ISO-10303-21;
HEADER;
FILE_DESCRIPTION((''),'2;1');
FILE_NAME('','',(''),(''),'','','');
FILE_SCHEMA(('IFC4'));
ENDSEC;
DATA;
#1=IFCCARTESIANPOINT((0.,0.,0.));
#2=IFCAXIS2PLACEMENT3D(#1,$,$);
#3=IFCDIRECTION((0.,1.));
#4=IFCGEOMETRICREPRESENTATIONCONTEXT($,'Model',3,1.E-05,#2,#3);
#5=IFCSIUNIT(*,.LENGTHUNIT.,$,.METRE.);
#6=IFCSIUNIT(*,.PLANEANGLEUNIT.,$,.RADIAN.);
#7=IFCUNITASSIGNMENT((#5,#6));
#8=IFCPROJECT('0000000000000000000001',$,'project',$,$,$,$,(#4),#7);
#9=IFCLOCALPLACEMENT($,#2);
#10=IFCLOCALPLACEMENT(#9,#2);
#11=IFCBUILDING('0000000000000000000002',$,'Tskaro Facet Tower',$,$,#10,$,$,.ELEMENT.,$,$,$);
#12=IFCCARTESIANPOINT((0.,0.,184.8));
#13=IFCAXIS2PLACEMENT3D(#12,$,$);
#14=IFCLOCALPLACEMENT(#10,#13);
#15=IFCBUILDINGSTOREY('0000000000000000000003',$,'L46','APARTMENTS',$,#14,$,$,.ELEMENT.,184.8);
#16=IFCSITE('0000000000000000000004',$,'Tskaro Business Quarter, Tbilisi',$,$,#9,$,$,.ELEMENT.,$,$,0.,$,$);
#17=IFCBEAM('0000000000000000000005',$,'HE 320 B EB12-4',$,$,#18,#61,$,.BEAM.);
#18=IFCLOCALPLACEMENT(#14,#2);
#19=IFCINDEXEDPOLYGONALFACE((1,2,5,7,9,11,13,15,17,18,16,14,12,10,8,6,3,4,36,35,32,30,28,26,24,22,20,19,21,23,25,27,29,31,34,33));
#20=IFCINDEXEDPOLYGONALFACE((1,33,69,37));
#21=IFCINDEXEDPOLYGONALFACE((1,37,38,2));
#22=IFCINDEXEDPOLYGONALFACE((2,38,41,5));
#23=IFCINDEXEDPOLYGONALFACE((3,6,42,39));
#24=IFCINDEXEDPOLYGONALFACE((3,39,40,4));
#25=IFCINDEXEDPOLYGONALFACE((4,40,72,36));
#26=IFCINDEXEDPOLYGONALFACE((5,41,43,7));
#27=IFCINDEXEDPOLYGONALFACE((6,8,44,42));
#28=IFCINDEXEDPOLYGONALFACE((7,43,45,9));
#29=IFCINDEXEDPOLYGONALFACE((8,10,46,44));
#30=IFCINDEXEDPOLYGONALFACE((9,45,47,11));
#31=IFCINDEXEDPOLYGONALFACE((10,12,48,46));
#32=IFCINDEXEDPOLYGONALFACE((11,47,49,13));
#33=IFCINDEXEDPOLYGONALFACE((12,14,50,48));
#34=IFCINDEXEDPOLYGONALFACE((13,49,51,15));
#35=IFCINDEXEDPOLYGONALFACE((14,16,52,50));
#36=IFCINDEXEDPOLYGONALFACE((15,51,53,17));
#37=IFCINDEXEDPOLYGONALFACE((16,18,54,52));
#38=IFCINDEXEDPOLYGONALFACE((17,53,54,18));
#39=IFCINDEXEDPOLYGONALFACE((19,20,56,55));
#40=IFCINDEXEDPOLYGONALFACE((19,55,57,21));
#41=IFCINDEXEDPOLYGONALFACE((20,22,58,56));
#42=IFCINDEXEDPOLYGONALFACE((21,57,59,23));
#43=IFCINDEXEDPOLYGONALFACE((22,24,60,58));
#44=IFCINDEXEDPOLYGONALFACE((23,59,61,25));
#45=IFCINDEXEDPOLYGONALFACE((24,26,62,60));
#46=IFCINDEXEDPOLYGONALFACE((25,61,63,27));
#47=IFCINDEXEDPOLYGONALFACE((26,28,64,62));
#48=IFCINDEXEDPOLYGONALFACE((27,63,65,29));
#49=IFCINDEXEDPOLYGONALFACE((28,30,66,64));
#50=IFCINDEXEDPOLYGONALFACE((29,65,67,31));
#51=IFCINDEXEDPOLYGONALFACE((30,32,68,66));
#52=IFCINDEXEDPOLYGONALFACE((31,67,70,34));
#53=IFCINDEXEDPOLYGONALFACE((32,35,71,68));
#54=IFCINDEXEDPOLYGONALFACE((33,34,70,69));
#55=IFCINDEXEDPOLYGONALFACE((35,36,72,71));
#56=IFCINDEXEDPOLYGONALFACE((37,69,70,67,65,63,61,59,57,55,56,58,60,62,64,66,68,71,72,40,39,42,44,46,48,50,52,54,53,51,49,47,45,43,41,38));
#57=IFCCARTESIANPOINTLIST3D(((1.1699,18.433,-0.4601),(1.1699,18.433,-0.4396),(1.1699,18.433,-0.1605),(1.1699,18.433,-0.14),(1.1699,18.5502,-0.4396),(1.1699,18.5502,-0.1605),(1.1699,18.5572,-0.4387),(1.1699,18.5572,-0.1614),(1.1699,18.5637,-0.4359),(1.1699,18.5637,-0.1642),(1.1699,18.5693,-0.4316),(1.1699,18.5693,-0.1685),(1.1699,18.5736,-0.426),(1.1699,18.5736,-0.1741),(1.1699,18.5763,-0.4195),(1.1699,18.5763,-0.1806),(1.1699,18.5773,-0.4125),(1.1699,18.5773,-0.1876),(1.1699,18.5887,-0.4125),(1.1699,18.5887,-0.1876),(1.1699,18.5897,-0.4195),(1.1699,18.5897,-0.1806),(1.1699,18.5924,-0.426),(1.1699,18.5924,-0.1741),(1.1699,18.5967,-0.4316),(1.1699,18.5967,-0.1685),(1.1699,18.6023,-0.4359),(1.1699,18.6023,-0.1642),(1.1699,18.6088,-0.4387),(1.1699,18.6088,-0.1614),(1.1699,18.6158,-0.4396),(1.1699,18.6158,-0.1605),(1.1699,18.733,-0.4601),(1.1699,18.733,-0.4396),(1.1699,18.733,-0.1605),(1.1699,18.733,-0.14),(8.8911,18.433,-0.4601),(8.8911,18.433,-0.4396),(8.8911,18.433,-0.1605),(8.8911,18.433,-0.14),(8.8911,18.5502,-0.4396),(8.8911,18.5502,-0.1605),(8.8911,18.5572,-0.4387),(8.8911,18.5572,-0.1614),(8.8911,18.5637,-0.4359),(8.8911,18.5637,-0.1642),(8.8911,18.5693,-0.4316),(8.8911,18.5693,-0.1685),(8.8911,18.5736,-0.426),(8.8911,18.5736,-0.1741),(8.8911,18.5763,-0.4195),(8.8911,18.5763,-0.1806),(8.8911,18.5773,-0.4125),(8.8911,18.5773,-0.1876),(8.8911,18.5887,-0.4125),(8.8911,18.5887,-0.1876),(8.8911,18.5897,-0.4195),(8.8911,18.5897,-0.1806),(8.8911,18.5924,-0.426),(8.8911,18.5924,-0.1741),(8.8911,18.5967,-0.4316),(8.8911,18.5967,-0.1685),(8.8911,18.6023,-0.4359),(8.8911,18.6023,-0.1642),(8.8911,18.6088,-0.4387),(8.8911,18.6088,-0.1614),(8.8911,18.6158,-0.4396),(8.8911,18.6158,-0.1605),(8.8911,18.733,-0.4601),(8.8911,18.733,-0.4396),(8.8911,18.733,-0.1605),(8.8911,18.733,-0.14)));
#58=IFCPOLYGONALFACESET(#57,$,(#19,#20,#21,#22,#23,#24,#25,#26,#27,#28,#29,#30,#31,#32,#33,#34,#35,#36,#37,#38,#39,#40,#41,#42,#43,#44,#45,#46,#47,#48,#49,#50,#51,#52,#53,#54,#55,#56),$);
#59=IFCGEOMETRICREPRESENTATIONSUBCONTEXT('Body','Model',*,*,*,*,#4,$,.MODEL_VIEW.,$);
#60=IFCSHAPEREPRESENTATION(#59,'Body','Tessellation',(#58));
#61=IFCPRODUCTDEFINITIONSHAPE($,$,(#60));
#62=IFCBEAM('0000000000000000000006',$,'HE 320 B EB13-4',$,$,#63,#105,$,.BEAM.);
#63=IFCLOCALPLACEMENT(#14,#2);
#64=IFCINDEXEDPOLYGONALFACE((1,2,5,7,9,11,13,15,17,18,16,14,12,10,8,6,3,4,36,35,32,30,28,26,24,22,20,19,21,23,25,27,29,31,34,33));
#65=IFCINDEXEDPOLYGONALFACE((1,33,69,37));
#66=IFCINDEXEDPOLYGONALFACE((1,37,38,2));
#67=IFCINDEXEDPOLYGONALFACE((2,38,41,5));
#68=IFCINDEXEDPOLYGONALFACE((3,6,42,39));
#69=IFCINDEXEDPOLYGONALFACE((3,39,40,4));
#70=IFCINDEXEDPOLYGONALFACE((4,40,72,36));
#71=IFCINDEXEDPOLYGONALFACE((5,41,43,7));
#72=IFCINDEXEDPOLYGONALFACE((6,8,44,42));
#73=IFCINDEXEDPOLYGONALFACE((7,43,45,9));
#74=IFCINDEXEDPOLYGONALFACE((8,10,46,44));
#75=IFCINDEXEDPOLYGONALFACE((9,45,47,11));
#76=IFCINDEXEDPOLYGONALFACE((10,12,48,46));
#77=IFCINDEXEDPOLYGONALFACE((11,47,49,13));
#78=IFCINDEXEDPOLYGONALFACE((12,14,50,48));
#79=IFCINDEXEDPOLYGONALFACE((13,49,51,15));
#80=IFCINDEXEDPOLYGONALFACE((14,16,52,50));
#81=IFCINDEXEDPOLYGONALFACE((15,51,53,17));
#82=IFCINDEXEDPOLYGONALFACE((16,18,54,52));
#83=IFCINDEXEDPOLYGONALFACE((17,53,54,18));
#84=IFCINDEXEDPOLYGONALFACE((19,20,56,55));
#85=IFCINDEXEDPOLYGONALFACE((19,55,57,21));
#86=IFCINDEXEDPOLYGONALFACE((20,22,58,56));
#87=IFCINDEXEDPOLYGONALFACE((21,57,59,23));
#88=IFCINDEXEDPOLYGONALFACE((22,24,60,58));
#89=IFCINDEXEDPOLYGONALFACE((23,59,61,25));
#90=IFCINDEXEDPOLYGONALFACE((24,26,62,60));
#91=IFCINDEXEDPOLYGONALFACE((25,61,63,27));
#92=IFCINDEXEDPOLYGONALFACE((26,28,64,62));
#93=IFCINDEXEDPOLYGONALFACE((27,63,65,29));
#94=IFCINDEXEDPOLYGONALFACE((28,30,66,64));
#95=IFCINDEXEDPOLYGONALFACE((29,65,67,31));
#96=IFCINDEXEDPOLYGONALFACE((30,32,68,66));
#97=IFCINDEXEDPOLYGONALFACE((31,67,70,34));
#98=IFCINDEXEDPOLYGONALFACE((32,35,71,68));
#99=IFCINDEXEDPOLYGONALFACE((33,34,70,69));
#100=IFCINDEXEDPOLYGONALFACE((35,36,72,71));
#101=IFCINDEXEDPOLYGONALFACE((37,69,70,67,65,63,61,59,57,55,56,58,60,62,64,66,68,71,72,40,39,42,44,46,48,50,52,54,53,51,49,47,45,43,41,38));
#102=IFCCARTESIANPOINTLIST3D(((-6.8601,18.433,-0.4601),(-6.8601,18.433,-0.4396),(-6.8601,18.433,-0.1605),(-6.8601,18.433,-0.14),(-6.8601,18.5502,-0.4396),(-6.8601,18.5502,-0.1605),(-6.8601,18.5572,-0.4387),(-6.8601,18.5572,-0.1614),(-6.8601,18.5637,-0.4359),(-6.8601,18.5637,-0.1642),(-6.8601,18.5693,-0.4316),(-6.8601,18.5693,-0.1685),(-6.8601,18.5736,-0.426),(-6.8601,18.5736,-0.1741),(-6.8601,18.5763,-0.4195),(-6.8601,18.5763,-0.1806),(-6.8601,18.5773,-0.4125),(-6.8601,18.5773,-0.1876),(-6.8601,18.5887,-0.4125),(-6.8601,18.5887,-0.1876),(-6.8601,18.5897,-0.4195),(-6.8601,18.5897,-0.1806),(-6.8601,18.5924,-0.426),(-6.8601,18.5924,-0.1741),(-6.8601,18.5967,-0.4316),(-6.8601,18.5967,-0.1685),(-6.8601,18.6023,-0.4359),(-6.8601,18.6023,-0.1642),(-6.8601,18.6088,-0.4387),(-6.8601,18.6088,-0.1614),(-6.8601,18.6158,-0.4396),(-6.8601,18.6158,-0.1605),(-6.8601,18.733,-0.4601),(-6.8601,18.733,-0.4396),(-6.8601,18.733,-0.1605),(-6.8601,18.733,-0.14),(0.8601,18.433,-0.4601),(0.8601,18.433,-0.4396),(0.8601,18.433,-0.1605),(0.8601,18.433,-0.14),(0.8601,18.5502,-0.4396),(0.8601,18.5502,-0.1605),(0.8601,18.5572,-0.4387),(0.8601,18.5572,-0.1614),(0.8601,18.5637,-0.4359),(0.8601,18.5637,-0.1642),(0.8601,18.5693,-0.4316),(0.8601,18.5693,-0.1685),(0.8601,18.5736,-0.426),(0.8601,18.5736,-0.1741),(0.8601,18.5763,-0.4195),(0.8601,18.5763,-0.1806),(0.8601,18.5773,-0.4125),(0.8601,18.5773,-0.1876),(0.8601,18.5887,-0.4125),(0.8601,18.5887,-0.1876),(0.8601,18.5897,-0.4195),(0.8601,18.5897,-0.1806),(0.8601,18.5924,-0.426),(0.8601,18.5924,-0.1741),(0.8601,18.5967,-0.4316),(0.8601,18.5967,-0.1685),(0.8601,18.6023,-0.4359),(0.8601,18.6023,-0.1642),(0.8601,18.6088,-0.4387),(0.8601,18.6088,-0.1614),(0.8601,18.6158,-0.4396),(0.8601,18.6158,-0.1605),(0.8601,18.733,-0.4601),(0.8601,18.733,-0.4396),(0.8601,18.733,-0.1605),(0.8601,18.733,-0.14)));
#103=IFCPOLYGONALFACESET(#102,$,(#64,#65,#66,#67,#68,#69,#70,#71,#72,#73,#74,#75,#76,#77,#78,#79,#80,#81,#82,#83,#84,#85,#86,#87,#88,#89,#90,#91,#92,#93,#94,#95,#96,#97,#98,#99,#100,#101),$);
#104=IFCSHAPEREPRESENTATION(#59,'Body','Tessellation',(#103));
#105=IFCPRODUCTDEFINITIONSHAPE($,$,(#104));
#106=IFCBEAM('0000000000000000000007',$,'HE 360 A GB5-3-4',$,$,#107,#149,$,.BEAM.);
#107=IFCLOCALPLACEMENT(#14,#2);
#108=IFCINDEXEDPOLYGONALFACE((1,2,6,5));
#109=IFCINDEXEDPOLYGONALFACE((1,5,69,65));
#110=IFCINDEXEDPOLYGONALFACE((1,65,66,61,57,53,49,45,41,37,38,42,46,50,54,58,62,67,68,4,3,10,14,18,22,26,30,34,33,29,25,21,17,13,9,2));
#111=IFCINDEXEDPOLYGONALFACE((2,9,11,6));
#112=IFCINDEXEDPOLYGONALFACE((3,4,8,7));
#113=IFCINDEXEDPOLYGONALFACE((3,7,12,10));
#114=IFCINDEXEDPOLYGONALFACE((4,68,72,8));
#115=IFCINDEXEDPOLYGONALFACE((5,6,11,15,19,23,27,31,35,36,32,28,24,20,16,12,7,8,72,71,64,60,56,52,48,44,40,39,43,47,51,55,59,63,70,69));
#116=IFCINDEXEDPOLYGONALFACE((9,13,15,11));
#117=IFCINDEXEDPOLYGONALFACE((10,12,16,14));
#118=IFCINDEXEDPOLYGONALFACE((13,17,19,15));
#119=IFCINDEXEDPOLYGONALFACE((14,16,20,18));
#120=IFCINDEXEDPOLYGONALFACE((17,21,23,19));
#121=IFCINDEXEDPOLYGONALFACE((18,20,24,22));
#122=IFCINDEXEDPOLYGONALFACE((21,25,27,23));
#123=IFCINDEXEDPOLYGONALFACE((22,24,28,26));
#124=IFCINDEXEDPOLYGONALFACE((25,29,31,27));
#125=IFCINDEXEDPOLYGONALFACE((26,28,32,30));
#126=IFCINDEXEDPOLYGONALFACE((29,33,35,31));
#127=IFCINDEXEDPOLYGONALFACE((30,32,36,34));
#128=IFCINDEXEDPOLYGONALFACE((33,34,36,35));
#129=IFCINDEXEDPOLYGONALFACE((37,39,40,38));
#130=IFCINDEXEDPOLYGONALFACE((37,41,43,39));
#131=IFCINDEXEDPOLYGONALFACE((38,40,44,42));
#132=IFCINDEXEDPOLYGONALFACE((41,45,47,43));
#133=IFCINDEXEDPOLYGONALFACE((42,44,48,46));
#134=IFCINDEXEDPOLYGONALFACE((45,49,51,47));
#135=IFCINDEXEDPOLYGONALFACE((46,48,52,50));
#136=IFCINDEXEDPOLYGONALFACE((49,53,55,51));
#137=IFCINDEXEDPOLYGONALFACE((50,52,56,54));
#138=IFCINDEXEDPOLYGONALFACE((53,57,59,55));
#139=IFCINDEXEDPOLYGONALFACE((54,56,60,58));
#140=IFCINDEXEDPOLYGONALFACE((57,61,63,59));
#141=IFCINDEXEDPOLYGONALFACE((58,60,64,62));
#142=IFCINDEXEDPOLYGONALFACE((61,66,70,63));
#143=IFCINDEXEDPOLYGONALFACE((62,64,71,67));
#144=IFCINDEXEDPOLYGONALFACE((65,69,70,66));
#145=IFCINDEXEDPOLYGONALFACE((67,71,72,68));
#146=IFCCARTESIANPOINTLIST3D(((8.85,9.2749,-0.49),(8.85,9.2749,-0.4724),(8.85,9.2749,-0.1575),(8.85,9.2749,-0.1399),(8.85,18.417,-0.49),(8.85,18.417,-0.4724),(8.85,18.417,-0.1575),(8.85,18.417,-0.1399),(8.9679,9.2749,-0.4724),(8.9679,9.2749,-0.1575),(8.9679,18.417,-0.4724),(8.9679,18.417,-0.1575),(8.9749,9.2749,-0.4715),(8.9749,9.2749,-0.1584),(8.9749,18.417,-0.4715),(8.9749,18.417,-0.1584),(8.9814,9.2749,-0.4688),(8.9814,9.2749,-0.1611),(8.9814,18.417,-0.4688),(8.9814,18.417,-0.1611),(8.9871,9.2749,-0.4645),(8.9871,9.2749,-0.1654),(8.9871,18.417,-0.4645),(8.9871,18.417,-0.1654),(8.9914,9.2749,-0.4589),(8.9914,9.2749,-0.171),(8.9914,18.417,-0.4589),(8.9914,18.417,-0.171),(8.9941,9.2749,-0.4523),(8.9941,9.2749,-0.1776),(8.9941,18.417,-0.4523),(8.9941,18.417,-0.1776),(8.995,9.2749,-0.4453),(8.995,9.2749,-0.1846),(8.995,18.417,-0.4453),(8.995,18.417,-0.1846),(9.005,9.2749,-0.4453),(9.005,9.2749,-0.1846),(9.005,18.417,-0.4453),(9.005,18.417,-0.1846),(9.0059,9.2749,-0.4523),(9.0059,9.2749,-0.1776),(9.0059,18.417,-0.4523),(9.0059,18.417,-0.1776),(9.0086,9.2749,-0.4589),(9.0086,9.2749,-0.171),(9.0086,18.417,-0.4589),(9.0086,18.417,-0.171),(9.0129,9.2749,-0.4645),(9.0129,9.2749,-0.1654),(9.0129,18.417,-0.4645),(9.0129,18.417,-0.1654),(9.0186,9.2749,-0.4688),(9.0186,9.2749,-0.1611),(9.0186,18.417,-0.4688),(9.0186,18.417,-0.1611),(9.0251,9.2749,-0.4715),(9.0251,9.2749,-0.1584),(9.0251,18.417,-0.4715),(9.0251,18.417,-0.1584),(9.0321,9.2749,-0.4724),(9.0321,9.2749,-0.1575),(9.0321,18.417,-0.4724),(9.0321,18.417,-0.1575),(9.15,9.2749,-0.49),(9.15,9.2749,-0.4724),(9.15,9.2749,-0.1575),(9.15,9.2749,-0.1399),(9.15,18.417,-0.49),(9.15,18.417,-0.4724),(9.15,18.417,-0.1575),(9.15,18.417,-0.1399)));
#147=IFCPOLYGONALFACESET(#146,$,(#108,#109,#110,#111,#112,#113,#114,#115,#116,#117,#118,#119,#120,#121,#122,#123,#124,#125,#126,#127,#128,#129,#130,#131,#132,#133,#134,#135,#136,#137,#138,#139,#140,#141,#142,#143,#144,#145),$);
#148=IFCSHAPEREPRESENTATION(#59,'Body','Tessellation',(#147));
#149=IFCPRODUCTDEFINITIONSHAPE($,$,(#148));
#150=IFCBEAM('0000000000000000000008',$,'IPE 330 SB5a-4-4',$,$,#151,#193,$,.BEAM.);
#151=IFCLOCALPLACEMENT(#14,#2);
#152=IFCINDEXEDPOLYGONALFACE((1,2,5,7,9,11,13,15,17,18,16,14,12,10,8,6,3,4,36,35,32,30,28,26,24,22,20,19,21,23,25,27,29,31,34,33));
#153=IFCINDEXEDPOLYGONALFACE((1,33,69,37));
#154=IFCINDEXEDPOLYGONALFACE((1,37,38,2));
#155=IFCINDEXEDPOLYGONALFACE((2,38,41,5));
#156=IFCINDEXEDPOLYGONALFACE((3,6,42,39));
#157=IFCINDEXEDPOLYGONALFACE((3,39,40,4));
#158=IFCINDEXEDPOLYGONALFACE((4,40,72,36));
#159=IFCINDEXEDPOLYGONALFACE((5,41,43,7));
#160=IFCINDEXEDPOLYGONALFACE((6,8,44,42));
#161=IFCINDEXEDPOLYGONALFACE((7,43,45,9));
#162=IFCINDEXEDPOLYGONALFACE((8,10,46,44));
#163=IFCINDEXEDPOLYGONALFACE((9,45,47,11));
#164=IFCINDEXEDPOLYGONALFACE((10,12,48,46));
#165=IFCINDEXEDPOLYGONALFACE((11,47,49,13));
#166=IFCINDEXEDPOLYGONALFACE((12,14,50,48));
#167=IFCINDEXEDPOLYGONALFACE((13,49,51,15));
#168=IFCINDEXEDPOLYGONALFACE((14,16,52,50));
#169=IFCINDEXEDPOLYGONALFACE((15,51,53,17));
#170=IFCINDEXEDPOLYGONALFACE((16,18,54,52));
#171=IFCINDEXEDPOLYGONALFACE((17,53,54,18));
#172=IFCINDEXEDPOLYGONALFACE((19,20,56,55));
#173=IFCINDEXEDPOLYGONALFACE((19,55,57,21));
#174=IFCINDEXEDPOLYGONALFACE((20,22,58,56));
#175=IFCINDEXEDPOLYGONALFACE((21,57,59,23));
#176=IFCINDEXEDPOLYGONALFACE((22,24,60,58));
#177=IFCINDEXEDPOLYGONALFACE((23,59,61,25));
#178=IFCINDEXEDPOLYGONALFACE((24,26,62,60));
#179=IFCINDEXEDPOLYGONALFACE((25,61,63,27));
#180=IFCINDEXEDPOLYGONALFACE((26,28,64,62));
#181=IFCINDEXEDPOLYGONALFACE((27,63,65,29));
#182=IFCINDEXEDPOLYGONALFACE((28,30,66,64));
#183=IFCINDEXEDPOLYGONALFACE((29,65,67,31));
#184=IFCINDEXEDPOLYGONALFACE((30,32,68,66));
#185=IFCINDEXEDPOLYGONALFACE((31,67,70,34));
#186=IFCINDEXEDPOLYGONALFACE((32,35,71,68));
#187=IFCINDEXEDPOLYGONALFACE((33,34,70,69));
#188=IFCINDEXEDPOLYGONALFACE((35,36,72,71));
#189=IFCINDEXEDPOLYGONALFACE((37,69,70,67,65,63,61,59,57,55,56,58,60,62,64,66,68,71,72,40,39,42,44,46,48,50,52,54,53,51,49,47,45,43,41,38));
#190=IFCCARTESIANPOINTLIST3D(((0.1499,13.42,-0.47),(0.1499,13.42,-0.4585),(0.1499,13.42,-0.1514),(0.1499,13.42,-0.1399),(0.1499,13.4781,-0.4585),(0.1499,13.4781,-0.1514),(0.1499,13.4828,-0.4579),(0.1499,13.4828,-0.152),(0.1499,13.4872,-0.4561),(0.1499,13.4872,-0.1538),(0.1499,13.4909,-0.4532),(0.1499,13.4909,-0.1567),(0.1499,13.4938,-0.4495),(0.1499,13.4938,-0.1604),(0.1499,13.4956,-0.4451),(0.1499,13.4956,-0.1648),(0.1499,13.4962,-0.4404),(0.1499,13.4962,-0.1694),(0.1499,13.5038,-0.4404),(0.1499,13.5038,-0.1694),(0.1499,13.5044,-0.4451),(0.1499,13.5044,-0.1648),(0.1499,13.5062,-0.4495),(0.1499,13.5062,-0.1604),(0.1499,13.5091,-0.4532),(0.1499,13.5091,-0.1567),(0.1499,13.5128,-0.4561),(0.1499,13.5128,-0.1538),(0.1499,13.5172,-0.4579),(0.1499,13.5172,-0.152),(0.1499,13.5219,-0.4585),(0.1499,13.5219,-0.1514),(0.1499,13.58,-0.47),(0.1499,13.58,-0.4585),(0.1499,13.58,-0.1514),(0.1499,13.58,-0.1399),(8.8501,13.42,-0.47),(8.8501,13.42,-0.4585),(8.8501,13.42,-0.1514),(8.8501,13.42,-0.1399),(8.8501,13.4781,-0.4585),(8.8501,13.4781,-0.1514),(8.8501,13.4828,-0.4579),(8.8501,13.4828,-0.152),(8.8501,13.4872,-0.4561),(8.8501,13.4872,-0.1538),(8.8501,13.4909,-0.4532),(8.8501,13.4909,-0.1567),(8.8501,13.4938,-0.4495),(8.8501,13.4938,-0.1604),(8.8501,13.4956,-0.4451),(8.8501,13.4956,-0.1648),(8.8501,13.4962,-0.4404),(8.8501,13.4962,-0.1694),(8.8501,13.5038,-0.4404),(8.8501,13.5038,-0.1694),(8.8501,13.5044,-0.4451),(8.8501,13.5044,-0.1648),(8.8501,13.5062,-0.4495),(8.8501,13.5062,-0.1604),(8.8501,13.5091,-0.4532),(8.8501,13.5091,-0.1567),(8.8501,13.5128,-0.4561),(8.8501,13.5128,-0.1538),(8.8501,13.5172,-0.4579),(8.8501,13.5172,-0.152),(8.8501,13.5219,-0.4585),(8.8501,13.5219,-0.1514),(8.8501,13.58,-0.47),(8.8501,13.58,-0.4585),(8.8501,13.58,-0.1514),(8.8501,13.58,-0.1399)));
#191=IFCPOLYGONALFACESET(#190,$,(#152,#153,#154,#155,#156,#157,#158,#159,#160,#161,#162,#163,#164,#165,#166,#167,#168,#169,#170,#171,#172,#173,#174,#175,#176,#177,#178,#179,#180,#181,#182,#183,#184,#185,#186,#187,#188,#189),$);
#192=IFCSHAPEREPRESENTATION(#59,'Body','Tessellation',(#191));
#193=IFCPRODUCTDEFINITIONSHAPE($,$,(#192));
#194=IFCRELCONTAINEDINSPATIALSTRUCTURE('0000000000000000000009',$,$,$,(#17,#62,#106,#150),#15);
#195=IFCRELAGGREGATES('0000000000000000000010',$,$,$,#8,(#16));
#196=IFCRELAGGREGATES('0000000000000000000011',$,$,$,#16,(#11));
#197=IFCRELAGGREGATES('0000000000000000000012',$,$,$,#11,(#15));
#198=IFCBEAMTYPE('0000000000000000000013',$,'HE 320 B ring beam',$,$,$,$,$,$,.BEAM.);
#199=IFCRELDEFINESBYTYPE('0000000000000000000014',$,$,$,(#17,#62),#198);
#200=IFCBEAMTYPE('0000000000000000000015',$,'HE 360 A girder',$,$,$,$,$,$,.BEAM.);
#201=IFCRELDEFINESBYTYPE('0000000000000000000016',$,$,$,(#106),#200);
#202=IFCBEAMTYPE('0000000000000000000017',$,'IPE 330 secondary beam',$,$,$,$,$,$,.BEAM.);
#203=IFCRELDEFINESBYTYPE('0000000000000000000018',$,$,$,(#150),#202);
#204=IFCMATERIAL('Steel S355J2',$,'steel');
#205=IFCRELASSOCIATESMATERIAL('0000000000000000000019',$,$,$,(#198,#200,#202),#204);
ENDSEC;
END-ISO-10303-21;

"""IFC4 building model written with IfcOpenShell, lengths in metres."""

from ifc_helpers import new_model, si_unit, direction, frame, origin, origin_2d, place, context, subcontext, project, spatial, i_section, extrude, material, material_profile, profile_set, type_object, element, save


model = new_model("IFC4")

# Units and contexts
model_context = context("Model", 3, precision=1e-05, world=origin(), true_north=direction((0.0, 1.0)))
body_context = subcontext(model_context, "Body", "Model", "MODEL_VIEW")
ifc_project = project(units=[si_unit("LENGTHUNIT", "METRE"), si_unit("PLANEANGLEUNIT", "RADIAN")], contexts=[model_context])

# Site, building, storey
site_placement = place(None, origin())
site = spatial("IfcSite", under=ifc_project, at=site_placement, Name="Tskaro Business Quarter, Tbilisi", CompositionType="ELEMENT", RefElevation=0.0)
building_placement = place(site_placement, origin())
building = spatial("IfcBuilding", under=site, at=building_placement, Name="Tskaro Facet Tower", CompositionType="ELEMENT")
storey_placement = place(building_placement, frame((0.0, 0.0, 184.8)))
storey = spatial("IfcBuildingStorey", under=building, at=storey_placement, Name="L46", Description="APARTMENTS", CompositionType="ELEMENT", Elevation=184.8)

# Beams
ifc_material_1 = material(Name="Steel S355J2", Category="steel")
ifc_material_profile_1 = material_profile(ifc_material_1, i_section(OverallWidth=0.3, OverallDepth=0.3201, WebThickness=0.0115, FlangeThickness=0.0205, FilletRadius=0.0271, at=origin_2d()), Name="HE 320 B")
ifc_profile_set_1 = profile_set([ifc_material_profile_1], Name="Steel S355J2")
beam_type_1 = type_object("IfcBeamType", Name="HE 320 B ring beam", PredefinedType="BEAM", material=ifc_profile_set_1)
beam_1_placement = place(storey_placement, frame((8.8911, 18.583, -0.3), z_axis=(-1.0, 0.0, 0.0), x_axis=(0.0, -1.0, 0.0)))
element("IfcBeam", 1, at=beam_1_placement, inside=storey, type_object=beam_type_1, Name="HE 320 B EB12-4", PredefinedType="BEAM", context=body_context, shape_type="SweptSolid", body=[
    extrude(i_section(OverallWidth=0.3, OverallDepth=0.3201, WebThickness=0.0115, FlangeThickness=0.0205, FilletRadius=0.0271, at=origin_2d()), origin(), (0.0, 0.0, 1.0), 7.7212),
])
beam_2_placement = place(storey_placement, frame((0.8601, 18.583, -0.3), z_axis=(-1.0, 0.0, 0.0), x_axis=(0.0, -1.0, 0.0)))
element("IfcBeam", 2, at=beam_2_placement, inside=storey, type_object=beam_type_1, Name="HE 320 B EB13-4", PredefinedType="BEAM", context=body_context, shape_type="SweptSolid", body=[
    extrude(i_section(OverallWidth=0.3, OverallDepth=0.3201, WebThickness=0.0115, FlangeThickness=0.0205, FilletRadius=0.0271, at=origin_2d()), origin(), (0.0, 0.0, 1.0), 7.7202),
])
ifc_material_profile_2 = material_profile(ifc_material_1, i_section(OverallWidth=0.3, OverallDepth=0.3501, WebThickness=0.01, FlangeThickness=0.0176, FilletRadius=0.0271, at=origin_2d()), Name="HE 360 A")
ifc_profile_set_2 = profile_set([ifc_material_profile_2], Name="Steel S355J2")
beam_type_2 = type_object("IfcBeamType", Name="HE 360 A girder", PredefinedType="BEAM", material=ifc_profile_set_2)
beam_3_placement = place(storey_placement, frame((9.0, 9.2749, -0.3149), z_axis=(0.0, 1.0, 0.0), x_axis=(-1.0, 0.0, 0.0)))
element("IfcBeam", 3, at=beam_3_placement, inside=storey, type_object=beam_type_2, Name="HE 360 A GB5-3-4", PredefinedType="BEAM", context=body_context, shape_type="SweptSolid", body=[
    extrude(i_section(OverallWidth=0.3, OverallDepth=0.3501, WebThickness=0.01, FlangeThickness=0.0176, FilletRadius=0.0271, at=origin_2d()), origin(), (0.0, 0.0, 1.0), 9.1421),
])
ifc_material_profile_3 = material_profile(ifc_material_1, i_section(OverallWidth=0.1599, OverallDepth=0.3301, WebThickness=0.0076, FlangeThickness=0.0115, FilletRadius=0.0181, at=origin_2d()), Name="IPE 330")
ifc_profile_set_3 = profile_set([ifc_material_profile_3], Name="Steel S355J2")
beam_type_3 = type_object("IfcBeamType", Name="IPE 330 secondary beam", PredefinedType="BEAM", material=ifc_profile_set_3)
beam_4_placement = place(storey_placement, frame((0.1499, 13.5, -0.3049), z_axis=(1.0, 0.0, 0.0), x_axis=(0.0, 1.0, 0.0)))
element("IfcBeam", 4, at=beam_4_placement, inside=storey, type_object=beam_type_3, Name="IPE 330 SB5a-4-4", PredefinedType="BEAM", context=body_context, shape_type="SweptSolid", body=[
    extrude(i_section(OverallWidth=0.1599, OverallDepth=0.3301, WebThickness=0.0076, FlangeThickness=0.0115, FilletRadius=0.0181, at=origin_2d()), origin(), (0.0, 0.0, 1.0), 8.7002),
])

save(model, "model.ifc")
